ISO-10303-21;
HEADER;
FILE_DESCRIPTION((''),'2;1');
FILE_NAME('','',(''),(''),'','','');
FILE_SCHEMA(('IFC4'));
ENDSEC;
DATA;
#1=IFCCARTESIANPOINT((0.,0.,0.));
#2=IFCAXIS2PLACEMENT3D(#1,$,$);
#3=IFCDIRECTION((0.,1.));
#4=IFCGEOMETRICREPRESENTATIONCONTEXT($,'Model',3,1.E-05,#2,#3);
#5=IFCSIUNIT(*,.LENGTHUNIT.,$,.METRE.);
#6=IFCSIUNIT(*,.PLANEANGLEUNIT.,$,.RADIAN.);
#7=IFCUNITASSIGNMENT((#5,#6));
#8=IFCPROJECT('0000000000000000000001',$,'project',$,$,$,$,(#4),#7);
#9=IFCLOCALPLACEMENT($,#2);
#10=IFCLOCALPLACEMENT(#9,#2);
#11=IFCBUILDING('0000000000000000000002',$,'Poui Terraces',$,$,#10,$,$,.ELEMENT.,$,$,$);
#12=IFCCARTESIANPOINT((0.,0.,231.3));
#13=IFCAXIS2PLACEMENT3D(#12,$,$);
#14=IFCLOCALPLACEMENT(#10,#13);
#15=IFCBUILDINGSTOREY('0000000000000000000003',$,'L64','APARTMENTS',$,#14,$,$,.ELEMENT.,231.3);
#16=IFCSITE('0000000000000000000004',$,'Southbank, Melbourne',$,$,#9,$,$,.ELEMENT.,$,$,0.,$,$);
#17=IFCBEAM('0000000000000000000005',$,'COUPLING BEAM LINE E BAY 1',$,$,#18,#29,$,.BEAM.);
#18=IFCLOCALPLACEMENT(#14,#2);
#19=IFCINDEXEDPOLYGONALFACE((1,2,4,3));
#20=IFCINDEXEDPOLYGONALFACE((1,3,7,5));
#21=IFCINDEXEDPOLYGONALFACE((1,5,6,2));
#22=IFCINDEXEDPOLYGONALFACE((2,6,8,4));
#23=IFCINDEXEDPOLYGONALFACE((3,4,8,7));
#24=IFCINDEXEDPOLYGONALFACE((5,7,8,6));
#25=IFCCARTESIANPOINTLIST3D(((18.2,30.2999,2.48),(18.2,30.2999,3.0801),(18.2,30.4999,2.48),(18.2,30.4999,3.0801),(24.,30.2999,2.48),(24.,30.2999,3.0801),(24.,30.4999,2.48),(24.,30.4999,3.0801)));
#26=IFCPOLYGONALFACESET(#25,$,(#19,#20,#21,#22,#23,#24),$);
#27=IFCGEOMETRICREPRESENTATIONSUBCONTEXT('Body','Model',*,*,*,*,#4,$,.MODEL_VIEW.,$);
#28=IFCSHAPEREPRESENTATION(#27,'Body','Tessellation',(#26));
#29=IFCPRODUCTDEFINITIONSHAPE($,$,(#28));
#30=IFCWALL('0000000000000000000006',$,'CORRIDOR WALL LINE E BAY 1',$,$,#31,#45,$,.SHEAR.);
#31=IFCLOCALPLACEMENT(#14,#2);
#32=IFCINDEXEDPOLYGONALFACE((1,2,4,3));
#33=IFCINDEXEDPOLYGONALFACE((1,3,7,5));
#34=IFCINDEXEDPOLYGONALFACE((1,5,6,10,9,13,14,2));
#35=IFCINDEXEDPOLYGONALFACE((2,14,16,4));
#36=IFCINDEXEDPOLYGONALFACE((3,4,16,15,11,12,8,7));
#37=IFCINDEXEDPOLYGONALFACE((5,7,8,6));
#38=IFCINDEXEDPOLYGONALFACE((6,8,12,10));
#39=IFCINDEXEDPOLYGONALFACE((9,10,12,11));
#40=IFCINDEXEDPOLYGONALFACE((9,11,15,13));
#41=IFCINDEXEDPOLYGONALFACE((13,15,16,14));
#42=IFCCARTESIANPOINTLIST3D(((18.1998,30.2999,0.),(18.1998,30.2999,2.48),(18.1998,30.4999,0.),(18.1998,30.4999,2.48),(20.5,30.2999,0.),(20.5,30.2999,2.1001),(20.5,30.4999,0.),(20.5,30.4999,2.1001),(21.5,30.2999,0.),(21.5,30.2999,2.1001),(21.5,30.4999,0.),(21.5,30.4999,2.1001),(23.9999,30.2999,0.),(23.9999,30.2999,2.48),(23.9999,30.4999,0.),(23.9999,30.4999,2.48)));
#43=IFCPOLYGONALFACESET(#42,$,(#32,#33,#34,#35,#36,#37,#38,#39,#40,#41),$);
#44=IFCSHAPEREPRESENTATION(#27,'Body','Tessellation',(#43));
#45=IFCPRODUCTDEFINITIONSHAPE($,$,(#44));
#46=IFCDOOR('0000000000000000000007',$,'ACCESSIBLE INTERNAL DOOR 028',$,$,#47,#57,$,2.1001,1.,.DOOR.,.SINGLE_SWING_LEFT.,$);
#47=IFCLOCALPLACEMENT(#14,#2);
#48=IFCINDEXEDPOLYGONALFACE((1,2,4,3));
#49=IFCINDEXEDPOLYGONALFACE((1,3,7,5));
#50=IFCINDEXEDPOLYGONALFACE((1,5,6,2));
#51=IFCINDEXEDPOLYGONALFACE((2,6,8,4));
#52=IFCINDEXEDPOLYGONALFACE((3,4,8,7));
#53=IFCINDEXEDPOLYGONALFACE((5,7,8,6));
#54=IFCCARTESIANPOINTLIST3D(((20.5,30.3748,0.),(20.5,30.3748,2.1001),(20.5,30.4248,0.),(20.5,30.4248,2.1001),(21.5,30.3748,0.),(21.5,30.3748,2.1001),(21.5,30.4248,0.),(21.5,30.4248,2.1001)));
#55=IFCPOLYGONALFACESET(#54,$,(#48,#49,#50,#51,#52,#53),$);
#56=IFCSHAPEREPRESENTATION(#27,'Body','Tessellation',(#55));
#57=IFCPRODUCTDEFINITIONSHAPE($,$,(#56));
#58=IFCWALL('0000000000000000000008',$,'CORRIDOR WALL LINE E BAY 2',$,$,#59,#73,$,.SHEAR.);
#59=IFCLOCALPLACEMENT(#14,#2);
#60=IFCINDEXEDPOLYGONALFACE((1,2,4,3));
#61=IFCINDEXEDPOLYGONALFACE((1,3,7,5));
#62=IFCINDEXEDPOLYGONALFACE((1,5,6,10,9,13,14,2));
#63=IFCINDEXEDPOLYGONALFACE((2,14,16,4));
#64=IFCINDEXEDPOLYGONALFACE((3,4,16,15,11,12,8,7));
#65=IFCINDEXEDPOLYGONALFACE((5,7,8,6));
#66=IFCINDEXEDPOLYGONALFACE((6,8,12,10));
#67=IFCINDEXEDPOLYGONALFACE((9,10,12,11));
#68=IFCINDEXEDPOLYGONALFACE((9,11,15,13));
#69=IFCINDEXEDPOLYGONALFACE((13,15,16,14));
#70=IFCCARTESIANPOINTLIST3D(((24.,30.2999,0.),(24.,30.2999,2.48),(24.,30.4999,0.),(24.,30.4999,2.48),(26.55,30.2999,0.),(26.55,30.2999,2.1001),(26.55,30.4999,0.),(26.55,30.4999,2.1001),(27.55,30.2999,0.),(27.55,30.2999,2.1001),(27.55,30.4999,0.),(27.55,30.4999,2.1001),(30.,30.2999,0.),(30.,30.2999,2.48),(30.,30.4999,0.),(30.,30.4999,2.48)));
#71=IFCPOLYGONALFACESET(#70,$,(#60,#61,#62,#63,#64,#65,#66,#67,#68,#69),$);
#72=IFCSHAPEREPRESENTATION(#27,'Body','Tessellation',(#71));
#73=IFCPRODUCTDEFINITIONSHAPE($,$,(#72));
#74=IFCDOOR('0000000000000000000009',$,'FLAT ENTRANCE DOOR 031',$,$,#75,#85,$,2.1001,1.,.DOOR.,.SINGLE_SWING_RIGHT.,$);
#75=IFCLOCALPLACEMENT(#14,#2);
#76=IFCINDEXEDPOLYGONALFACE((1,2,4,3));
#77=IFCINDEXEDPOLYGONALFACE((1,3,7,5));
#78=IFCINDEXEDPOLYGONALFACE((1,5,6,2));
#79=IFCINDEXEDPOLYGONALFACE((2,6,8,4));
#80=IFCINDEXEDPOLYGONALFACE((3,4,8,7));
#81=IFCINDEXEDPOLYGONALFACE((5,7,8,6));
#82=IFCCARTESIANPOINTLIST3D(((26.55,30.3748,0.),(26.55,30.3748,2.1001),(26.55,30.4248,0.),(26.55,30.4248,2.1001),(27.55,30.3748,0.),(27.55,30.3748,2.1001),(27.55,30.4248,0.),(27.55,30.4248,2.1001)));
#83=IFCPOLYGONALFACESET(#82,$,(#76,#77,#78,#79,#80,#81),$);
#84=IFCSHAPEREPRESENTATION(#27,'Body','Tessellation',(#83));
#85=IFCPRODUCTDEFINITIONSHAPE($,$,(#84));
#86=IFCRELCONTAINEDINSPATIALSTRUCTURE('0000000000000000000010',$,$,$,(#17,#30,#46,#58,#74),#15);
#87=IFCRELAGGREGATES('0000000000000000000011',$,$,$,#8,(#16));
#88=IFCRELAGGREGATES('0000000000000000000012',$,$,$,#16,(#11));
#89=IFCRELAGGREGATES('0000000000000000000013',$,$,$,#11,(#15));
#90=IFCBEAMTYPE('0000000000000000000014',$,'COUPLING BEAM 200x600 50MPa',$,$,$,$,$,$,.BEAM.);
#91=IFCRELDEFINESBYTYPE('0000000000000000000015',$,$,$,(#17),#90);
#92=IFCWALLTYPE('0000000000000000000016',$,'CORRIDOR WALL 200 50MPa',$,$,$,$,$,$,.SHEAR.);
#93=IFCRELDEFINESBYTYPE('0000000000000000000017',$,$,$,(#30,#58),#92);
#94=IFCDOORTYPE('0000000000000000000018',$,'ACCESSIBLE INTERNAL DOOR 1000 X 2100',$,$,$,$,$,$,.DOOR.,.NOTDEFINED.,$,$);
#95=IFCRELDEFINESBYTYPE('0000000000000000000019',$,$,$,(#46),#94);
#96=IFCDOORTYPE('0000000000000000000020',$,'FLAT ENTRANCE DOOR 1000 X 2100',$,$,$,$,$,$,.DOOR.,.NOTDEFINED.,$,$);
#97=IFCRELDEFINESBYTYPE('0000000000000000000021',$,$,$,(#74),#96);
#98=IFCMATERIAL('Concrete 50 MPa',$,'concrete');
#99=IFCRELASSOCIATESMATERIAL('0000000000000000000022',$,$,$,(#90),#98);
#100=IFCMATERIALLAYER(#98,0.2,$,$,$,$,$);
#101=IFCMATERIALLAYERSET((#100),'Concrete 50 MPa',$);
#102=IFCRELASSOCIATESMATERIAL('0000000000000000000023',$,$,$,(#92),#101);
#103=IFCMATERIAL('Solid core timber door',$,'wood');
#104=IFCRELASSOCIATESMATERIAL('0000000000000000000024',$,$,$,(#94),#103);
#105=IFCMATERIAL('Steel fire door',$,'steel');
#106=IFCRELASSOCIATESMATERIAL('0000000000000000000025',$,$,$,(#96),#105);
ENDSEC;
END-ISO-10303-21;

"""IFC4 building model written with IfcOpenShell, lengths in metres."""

from ifc_helpers import new_model, si_unit, direction, frame, frame_2d, origin, origin_2d, place, context, subcontext, project, spatial, rectangle, extrude, source, transform, mapped, material, layer, layer_set, material_profile, profile_set, type_object, element, fill, save


model = new_model("IFC4")

# Units and contexts
model_context = context("Model", 3, precision=1e-05, world=origin(), true_north=direction((0.0, 1.0)))
body_context = subcontext(model_context, "Body", "Model", "MODEL_VIEW")
ifc_project = project(units=[si_unit("LENGTHUNIT", "METRE"), si_unit("PLANEANGLEUNIT", "RADIAN")], contexts=[model_context])

# Site, building, storey
site_placement = place(None, origin())
site = spatial("IfcSite", under=ifc_project, at=site_placement, Name="Southbank, Melbourne", CompositionType="ELEMENT", RefElevation=0.0)
building_placement = place(site_placement, origin())
building = spatial("IfcBuilding", under=site, at=building_placement, Name="Poui Terraces", CompositionType="ELEMENT")
storey_placement = place(building_placement, frame((0.0, 0.0, 231.3)))
storey = spatial("IfcBuildingStorey", under=building, at=storey_placement, Name="L64", Description="APARTMENTS", CompositionType="ELEMENT", Elevation=231.3)

# Beam
ifc_material_1 = material(Name="Concrete 50 MPa", Category="concrete")
ifc_material_profile = material_profile(ifc_material_1, rectangle(XDim=0.2, YDim=0.6001, at=origin_2d()), Name="RC 200x600")
ifc_profile_set = profile_set([ifc_material_profile], Name="Concrete 50 MPa")
beam_type = type_object("IfcBeamType", Name="COUPLING BEAM 200x600 50MPa", PredefinedType="BEAM", material=ifc_profile_set)
shared_shape = source(origin(), body_context, "Body", "SweptSolid", [
    extrude(rectangle(XDim=0.2, YDim=0.6001, at=origin_2d()), origin(), (0.0, 0.0, 1.0), 5.8),
])
beam_placement = place(storey_placement, frame((18.2, 30.3999, 2.78), z_axis=(1.0, 0.0, 0.0), x_axis=(0.0, 1.0, 0.0)))
element("IfcBeam", 1, at=beam_placement, inside=storey, type_object=beam_type, Name="COUPLING BEAM LINE E BAY 1", PredefinedType="BEAM", context=body_context, shape_type="MappedRepresentation", body=[
    mapped(shared_shape, transform((0.0, 0.0, 0.0))),
])

# Walls, openings, doors
ifc_layer = layer(ifc_material_1, 0.2)
ifc_layer_set = layer_set([ifc_layer], Name="Concrete 50 MPa")
wall_type = type_object("IfcWallType", Name="CORRIDOR WALL 200 50MPa", PredefinedType="SHEAR", material=ifc_layer_set)
wall_1_placement = place(storey_placement, frame((18.2, 30.3999, 0.0), z_axis=(0.0, 0.0, 1.0), x_axis=(1.0, 0.0, 0.0)))
wall_1 = element("IfcWall", 2, at=wall_1_placement, inside=storey, type_object=wall_type, Name="CORRIDOR WALL LINE E BAY 1", PredefinedType="SHEAR", context=body_context, shape_type="SweptSolid", body=[
    extrude(rectangle(XDim=5.8, YDim=0.2, at=frame_2d((2.8999, 0.0))), origin(), (0.0, 0.0, 1.0), 2.48),
])
opening_1_placement = place(wall_1_placement, frame((2.3, 0.0, 0.0)))
opening_1 = element("IfcOpeningElement", 3, at=opening_1_placement, cuts=wall_1, PredefinedType="OPENING", context=body_context, shape_type="SweptSolid", body=[
    extrude(rectangle(XDim=1.0, YDim=2.1001, at=frame_2d((0.5, 1.05))), frame((0.0, 0.1099, 0.0), z_axis=(0.0, -1.0, 0.0), x_axis=(1.0, 0.0, 0.0)), (0.0, 0.0, 1.0), 0.22),
])
ifc_material_2 = material(Name="Solid core timber door", Category="wood")
door_type_1 = type_object("IfcDoorType", Name="ACCESSIBLE INTERNAL DOOR 1000 X 2100", OperationType="NOTDEFINED", PredefinedType="DOOR", material=ifc_material_2)
door_1_placement = place(opening_1_placement, origin())
door_1 = element("IfcDoor", 4, at=door_1_placement, inside=storey, type_object=door_type_1, Name="ACCESSIBLE INTERNAL DOOR 028", OperationType="SINGLE_SWING_LEFT", OverallHeight=2.1001, OverallWidth=1.0, PredefinedType="DOOR", context=body_context, shape_type="SweptSolid", body=[
    extrude(rectangle(XDim=1.0, YDim=2.1001, at=frame_2d((0.5, 1.05))), frame((0.0, 0.0249, 0.0), z_axis=(0.0, -1.0, 0.0), x_axis=(1.0, 0.0, 0.0)), (0.0, 0.0, 1.0), 0.05),
])
fill(opening_1, door_1)
wall_2_placement = place(storey_placement, frame((24.0, 30.3999, 0.0), z_axis=(0.0, 0.0, 1.0), x_axis=(1.0, 0.0, 0.0)))
wall_2 = element("IfcWall", 5, at=wall_2_placement, inside=storey, type_object=wall_type, Name="CORRIDOR WALL LINE E BAY 2", PredefinedType="SHEAR", context=body_context, shape_type="SweptSolid", body=[
    extrude(rectangle(XDim=6.0, YDim=0.2, at=frame_2d((3.0, 0.0))), origin(), (0.0, 0.0, 1.0), 2.48),
])
opening_2_placement = place(wall_2_placement, frame((2.55, 0.0, 0.0)))
opening_2 = element("IfcOpeningElement", 6, at=opening_2_placement, cuts=wall_2, PredefinedType="OPENING", context=body_context, shape_type="SweptSolid", body=[
    extrude(rectangle(XDim=1.0, YDim=2.1001, at=frame_2d((0.5, 1.05))), frame((0.0, 0.1099, 0.0), z_axis=(0.0, -1.0, 0.0), x_axis=(1.0, 0.0, 0.0)), (0.0, 0.0, 1.0), 0.22),
])
ifc_material_3 = material(Name="Steel fire door", Category="steel")
door_type_2 = type_object("IfcDoorType", Name="FLAT ENTRANCE DOOR 1000 X 2100", OperationType="NOTDEFINED", PredefinedType="DOOR", material=ifc_material_3)
door_2_placement = place(opening_2_placement, origin())
door_2 = element("IfcDoor", 7, at=door_2_placement, inside=storey, type_object=door_type_2, Name="FLAT ENTRANCE DOOR 031", OperationType="SINGLE_SWING_RIGHT", OverallHeight=2.1001, OverallWidth=1.0, PredefinedType="DOOR", context=body_context, shape_type="SweptSolid", body=[
    extrude(rectangle(XDim=1.0, YDim=2.1001, at=frame_2d((0.5, 1.05))), frame((0.0, 0.0249, 0.0), z_axis=(0.0, -1.0, 0.0), x_axis=(1.0, 0.0, 0.0)), (0.0, 0.0, 1.0), 0.05),
])
fill(opening_2, door_2)

save(model, "model.ifc")
